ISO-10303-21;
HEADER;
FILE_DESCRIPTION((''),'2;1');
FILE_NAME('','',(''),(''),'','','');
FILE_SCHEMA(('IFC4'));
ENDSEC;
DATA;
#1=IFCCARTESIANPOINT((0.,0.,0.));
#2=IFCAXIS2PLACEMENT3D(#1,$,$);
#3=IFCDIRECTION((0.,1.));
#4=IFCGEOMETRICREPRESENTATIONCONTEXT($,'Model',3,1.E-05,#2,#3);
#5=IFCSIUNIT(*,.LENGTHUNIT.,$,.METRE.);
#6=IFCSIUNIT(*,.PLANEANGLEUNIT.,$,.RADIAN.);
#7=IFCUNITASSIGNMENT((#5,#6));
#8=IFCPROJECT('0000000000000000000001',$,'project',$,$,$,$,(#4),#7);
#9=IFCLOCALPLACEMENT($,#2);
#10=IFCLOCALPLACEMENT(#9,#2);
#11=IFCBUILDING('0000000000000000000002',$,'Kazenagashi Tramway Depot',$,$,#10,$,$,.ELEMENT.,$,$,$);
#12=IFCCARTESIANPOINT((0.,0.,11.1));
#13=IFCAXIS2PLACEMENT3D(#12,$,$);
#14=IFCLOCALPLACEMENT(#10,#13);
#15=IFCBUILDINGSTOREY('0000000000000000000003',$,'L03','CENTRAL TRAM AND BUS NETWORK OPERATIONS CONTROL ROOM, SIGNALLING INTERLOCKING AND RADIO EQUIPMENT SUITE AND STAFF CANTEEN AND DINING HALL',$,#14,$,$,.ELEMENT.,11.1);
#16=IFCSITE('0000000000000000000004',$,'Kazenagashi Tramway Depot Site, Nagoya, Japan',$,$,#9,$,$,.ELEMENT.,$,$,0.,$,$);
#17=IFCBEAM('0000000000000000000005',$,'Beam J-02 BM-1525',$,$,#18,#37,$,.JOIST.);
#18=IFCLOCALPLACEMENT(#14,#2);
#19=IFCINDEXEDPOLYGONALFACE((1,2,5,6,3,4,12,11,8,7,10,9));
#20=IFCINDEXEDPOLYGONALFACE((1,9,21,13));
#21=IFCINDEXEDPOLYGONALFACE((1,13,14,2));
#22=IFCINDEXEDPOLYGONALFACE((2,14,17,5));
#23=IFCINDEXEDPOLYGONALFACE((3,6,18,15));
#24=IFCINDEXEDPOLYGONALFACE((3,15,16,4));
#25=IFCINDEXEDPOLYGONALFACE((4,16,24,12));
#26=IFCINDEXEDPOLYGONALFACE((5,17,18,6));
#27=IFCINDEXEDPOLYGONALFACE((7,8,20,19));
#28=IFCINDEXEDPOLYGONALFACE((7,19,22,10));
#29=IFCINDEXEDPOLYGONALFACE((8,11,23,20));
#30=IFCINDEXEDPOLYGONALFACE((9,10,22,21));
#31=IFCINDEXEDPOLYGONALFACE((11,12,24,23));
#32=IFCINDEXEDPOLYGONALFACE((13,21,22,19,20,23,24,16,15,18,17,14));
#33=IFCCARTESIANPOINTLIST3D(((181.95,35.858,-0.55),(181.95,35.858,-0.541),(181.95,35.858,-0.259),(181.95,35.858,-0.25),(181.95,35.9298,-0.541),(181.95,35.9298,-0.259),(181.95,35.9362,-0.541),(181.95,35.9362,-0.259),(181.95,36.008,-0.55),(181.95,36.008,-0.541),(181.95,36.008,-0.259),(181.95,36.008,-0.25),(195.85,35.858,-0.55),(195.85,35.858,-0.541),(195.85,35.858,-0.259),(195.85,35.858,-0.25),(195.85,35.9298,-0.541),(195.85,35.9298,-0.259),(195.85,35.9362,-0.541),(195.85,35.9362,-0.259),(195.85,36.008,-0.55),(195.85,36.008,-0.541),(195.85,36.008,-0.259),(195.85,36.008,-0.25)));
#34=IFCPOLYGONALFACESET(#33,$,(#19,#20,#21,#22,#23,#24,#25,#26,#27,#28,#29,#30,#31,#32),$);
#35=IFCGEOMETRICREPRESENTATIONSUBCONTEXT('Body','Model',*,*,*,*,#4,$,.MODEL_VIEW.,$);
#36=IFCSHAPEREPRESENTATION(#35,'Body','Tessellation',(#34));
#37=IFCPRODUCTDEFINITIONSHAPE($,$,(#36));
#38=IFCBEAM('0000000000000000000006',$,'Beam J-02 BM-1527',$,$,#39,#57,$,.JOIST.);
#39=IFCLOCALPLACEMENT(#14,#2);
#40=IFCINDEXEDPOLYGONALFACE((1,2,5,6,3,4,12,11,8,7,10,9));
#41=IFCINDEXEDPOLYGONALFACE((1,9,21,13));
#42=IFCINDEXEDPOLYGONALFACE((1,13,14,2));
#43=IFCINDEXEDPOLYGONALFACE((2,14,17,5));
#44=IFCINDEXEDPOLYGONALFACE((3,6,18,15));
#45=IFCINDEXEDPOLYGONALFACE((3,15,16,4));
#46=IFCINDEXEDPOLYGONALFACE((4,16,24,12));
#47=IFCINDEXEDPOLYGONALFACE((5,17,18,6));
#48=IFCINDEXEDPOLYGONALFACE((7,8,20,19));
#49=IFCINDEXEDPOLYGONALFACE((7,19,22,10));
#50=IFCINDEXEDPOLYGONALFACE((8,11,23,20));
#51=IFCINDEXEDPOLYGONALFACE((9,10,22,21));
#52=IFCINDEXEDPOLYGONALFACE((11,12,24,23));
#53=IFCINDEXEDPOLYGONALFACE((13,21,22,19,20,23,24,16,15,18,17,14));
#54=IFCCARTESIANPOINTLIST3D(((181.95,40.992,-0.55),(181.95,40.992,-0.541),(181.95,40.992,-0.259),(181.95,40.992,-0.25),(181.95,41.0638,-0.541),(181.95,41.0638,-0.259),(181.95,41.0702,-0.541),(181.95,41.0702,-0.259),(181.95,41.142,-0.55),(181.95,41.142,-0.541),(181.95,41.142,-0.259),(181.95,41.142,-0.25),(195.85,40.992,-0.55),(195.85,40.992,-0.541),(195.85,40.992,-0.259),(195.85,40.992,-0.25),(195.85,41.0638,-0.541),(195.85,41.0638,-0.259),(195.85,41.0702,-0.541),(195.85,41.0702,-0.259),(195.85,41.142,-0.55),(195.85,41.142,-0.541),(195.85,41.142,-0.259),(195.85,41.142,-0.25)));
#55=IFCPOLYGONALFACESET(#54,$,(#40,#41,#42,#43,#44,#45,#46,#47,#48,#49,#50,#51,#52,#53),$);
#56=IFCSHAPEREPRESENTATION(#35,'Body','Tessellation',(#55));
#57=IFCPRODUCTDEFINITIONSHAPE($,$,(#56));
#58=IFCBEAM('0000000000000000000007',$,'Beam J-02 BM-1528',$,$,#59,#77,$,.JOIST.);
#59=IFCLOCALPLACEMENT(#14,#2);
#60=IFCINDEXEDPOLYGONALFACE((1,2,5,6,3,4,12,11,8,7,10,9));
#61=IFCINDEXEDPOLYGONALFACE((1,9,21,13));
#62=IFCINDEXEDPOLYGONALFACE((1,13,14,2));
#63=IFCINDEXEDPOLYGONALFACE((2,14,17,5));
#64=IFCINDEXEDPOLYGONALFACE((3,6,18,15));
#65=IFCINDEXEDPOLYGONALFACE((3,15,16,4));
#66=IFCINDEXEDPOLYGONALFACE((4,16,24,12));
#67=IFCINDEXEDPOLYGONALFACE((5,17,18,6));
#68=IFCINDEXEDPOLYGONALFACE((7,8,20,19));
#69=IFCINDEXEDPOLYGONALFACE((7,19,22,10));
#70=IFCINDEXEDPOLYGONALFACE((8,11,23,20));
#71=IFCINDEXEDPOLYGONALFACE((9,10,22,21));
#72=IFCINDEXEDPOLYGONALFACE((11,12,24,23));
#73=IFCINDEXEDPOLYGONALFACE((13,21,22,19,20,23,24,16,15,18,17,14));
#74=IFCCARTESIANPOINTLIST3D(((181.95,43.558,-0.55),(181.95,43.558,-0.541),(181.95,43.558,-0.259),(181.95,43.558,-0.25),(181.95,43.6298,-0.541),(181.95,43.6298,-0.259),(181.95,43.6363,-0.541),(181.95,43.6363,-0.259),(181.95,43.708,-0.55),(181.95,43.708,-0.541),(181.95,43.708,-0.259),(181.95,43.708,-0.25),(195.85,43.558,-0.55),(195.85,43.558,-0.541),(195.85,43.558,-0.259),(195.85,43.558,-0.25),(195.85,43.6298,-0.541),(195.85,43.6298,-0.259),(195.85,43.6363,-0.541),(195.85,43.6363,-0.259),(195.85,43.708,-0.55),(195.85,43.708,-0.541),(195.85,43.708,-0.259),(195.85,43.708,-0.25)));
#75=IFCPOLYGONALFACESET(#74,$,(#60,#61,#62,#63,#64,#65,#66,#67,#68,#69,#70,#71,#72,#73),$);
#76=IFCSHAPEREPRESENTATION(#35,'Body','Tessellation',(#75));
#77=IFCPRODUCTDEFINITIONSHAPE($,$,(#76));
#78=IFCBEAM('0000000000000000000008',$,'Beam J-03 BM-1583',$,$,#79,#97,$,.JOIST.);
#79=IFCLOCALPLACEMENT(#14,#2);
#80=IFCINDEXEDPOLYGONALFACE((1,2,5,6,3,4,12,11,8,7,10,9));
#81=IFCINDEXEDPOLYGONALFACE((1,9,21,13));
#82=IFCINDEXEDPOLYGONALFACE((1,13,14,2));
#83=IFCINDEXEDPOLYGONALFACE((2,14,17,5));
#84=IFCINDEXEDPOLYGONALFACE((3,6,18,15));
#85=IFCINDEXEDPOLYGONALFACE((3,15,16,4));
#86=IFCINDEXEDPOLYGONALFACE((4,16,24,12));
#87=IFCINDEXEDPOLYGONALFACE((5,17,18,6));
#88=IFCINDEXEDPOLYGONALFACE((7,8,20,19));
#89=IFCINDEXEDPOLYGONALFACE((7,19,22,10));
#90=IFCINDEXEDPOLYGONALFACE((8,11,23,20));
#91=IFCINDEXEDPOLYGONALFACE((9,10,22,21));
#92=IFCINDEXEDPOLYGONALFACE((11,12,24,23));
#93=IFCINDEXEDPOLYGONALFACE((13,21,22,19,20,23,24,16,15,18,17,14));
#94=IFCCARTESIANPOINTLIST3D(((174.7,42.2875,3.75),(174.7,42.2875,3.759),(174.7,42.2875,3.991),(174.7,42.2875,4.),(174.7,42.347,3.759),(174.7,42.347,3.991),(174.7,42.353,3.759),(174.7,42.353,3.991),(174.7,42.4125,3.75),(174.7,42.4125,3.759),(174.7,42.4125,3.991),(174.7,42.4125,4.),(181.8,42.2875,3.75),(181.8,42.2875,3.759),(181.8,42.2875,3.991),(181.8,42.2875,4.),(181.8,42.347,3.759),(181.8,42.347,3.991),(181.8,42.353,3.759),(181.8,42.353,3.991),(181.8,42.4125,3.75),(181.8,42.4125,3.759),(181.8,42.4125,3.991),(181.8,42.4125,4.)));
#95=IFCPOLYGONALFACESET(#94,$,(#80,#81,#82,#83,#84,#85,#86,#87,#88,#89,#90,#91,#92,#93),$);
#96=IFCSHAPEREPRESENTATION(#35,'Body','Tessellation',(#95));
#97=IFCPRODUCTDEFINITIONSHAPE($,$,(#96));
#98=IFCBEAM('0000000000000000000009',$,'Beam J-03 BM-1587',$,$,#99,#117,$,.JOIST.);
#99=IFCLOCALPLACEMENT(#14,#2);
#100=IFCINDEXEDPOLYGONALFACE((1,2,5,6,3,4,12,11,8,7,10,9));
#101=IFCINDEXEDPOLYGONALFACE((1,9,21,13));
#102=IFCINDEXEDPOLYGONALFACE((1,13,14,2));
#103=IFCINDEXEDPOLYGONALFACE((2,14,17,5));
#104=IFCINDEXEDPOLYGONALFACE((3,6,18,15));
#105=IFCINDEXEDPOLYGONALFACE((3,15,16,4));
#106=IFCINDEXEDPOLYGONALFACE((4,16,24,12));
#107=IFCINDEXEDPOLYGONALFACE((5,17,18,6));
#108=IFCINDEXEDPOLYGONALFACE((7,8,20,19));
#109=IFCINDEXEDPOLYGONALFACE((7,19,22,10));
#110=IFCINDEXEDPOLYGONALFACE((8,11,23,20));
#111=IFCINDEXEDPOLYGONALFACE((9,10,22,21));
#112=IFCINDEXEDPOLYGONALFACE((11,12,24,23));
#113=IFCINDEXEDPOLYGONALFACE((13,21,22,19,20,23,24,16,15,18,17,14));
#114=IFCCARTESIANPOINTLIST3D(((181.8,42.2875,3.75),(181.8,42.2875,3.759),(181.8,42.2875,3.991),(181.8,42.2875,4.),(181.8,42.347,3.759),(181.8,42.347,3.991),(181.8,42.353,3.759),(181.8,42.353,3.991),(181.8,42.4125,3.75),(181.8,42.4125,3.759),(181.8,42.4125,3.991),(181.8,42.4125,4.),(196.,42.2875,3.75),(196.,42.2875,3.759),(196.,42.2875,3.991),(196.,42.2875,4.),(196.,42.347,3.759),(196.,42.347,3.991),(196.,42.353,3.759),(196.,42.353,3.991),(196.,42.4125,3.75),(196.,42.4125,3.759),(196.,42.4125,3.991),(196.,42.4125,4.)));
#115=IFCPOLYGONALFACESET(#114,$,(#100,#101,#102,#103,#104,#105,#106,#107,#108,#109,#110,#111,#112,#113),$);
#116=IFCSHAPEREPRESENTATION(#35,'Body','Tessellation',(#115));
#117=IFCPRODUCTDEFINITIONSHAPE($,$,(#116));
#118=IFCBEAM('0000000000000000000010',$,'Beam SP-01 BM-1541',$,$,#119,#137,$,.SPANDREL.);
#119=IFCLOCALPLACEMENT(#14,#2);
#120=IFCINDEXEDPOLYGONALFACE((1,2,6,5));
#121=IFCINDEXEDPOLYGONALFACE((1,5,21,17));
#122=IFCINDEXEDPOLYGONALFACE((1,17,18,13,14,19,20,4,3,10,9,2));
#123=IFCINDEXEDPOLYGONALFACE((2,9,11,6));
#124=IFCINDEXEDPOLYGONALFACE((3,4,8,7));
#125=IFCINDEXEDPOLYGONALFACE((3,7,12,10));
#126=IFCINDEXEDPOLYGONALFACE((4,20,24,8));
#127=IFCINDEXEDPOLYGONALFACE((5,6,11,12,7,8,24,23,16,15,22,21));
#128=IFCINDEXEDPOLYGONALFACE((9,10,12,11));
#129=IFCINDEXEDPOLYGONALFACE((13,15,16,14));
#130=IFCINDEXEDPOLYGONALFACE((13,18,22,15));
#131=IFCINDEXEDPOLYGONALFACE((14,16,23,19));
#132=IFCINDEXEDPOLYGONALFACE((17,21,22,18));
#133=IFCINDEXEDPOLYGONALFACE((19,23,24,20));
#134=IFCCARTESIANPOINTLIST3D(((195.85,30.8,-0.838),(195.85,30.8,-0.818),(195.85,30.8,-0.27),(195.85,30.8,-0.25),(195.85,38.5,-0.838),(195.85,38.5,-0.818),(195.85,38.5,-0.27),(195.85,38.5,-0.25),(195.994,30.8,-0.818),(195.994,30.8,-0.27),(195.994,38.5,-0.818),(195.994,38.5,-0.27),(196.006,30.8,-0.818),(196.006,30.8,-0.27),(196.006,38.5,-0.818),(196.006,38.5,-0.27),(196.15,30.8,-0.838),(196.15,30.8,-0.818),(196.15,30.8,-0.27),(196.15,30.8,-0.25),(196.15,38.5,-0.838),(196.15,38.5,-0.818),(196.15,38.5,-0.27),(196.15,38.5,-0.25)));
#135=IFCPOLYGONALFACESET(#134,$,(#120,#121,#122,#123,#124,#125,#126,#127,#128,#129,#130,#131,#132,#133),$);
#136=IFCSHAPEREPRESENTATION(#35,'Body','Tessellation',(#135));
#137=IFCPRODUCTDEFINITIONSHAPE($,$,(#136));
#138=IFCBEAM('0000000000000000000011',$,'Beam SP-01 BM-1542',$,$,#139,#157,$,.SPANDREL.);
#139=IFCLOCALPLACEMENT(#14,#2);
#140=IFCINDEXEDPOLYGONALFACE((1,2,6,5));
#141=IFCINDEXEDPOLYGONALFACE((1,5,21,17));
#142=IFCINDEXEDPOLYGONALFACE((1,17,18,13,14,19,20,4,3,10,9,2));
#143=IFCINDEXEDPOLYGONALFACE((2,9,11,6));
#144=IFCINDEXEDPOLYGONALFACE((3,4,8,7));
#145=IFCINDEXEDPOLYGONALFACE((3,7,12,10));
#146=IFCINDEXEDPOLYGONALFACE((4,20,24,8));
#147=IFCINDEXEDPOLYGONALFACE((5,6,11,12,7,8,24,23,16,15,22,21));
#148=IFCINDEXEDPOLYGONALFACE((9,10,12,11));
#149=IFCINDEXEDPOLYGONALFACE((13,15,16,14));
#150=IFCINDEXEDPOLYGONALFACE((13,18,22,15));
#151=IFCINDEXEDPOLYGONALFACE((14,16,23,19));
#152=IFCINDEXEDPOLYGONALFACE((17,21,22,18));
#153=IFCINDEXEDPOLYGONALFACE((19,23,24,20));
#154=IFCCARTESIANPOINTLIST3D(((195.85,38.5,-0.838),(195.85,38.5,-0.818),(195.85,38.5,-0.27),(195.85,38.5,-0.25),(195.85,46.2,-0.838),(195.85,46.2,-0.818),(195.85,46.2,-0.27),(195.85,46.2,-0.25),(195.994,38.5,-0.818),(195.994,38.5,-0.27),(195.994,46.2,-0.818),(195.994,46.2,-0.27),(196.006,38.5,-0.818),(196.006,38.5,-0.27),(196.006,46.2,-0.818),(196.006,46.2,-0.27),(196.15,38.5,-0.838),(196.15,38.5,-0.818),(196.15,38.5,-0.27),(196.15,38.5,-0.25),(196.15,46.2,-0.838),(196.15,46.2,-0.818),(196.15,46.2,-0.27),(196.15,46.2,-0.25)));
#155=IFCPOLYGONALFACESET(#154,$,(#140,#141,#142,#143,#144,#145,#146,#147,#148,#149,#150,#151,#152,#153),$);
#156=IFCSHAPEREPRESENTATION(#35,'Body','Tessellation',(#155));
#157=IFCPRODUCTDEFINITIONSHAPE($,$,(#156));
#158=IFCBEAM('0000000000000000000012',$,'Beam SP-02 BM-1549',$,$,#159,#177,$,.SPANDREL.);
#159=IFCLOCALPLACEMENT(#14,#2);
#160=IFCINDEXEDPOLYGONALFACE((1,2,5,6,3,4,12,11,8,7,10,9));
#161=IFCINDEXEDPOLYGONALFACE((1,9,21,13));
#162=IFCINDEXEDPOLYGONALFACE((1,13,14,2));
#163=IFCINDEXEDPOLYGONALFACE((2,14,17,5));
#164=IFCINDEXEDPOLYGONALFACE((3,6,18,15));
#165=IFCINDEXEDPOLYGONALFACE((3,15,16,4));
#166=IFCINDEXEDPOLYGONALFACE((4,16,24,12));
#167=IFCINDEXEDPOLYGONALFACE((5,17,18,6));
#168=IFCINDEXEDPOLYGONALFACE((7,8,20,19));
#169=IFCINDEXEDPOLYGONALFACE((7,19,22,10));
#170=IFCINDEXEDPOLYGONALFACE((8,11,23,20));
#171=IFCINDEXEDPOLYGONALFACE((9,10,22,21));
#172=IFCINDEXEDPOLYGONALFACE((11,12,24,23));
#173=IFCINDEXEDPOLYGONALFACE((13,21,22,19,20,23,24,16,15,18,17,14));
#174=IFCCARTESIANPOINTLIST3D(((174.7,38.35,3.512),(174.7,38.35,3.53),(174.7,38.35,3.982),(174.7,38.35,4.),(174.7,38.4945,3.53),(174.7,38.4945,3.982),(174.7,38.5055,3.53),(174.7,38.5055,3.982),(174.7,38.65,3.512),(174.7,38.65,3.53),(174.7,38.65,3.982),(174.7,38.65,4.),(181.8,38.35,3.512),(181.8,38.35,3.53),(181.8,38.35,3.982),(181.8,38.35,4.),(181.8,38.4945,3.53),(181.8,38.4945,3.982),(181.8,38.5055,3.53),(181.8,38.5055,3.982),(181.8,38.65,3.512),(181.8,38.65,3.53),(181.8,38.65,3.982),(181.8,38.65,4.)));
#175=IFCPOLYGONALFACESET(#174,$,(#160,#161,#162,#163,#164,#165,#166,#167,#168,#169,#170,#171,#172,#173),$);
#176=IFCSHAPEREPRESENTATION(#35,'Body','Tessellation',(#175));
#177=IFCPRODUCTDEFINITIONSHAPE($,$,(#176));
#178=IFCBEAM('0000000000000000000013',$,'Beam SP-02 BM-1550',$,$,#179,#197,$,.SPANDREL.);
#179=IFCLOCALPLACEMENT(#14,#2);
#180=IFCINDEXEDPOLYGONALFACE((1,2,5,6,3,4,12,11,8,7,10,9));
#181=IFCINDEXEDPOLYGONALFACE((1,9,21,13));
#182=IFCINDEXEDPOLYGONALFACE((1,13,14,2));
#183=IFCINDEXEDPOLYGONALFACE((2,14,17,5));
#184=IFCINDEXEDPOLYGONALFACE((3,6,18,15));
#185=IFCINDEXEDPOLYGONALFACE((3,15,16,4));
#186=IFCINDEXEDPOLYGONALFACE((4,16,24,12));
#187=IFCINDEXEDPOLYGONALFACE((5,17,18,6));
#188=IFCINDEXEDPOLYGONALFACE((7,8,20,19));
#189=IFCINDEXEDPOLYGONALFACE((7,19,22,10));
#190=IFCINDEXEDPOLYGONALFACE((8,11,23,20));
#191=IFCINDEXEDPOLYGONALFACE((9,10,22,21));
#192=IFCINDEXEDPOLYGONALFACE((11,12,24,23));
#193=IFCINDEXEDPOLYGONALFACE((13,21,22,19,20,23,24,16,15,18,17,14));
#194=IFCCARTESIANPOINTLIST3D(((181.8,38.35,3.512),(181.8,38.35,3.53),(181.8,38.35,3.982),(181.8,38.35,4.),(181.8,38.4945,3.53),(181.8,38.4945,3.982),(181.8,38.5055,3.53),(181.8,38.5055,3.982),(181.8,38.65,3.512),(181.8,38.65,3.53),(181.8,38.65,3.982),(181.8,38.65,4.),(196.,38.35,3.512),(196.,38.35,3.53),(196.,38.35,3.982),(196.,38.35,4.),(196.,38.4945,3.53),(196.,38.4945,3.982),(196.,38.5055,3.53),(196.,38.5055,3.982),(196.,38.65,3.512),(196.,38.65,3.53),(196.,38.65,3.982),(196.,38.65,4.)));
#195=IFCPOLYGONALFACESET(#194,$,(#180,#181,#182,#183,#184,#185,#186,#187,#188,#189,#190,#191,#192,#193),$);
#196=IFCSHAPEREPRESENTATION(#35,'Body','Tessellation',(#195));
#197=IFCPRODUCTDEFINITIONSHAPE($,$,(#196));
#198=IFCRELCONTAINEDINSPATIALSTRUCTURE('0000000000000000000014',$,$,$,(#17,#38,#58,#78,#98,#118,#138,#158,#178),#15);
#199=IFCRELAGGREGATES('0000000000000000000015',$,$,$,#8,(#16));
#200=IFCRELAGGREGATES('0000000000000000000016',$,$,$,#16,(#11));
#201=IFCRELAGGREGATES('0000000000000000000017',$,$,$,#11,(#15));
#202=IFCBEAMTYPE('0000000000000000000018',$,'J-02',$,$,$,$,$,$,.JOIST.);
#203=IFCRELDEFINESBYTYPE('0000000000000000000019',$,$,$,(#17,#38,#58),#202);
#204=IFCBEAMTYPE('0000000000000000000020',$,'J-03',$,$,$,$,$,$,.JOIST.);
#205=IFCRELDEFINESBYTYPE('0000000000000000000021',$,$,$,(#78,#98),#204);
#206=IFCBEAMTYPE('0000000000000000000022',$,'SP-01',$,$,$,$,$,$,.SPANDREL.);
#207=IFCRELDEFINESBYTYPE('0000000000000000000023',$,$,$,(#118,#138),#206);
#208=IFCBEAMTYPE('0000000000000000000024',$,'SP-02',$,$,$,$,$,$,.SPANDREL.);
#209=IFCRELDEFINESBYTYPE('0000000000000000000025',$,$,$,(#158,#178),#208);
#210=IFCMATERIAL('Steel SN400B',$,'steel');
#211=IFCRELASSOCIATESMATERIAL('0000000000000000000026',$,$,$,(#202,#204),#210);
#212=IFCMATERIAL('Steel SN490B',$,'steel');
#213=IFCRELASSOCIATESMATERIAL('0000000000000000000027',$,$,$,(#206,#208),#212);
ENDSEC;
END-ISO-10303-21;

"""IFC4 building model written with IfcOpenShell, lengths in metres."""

from ifc_helpers import new_model, si_unit, direction, frame, origin, origin_2d, place, context, subcontext, project, spatial, i_section, extrude, material, material_profile, profile_set, type_object, element, save


model = new_model("IFC4")

# Units and contexts
model_context = context("Model", 3, precision=1e-05, world=origin(), true_north=direction((0.0, 1.0)))
body_context = subcontext(model_context, "Body", "Model", "MODEL_VIEW")
ifc_project = project(units=[si_unit("LENGTHUNIT", "METRE"), si_unit("PLANEANGLEUNIT", "RADIAN")], contexts=[model_context])

# Site, building, storey
site_placement = place(None, origin())
site = spatial("IfcSite", under=ifc_project, at=site_placement, Name="Kazenagashi Tramway Depot Site, Nagoya, Japan", CompositionType="ELEMENT", RefElevation=0.0)
building_placement = place(site_placement, origin())
building = spatial("IfcBuilding", under=site, at=building_placement, Name="Kazenagashi Tramway Depot", CompositionType="ELEMENT")
storey_placement = place(building_placement, frame((0.0, 0.0, 11.1)))
storey = spatial("IfcBuildingStorey", under=building, at=storey_placement, Name="L03", Description="CENTRAL TRAM AND BUS NETWORK OPERATIONS CONTROL ROOM, SIGNALLING INTERLOCKING AND RADIO EQUIPMENT SUITE AND STAFF CANTEEN AND DINING HALL", CompositionType="ELEMENT", Elevation=11.1)

# Shared definitions
ifc_material_1 = material(Name="Steel SN490B", Category="steel")

# Beams
ifc_material_2 = material(Name="Steel SN400B", Category="steel")
ifc_material_profile_1 = material_profile(ifc_material_2, i_section(OverallWidth=0.15, OverallDepth=0.3, WebThickness=0.0065, FlangeThickness=0.009, at=origin_2d()), Name="H-300x150x6.5x9")
ifc_profile_set_1 = profile_set([ifc_material_profile_1], Name="Steel SN400B")
beam_type_1 = type_object("IfcBeamType", Name="J-02", PredefinedType="JOIST", material=ifc_profile_set_1)
for number, where, z_axis, x_axis, name in (
    (1, (181.95, 35.933, -0.4), (1.0, 0.0, 0.0), (0.0, 1.0, 0.0), "Beam J-02 BM-1525"),
    (2, (181.95, 41.067, -0.4), (1.0, 0.0, 0.0), (0.0, 1.0, 0.0), "Beam J-02 BM-1527"),
    (3, (181.95, 43.633, -0.4), (1.0, 0.0, 0.0), (0.0, 1.0, 0.0), "Beam J-02 BM-1528"),
):
    element("IfcBeam", number, at=place(storey_placement, frame(where, z_axis=z_axis, x_axis=x_axis)), inside=storey, type_object=beam_type_1, Name=name, PredefinedType="JOIST", context=body_context, shape_type="SweptSolid", body=[
        extrude(i_section(OverallWidth=0.15, OverallDepth=0.3, WebThickness=0.0065, FlangeThickness=0.009, at=origin_2d()), origin(), (0.0, 0.0, 1.0), 13.9),
    ])
ifc_material_profile_2 = material_profile(ifc_material_2, i_section(OverallWidth=0.125, OverallDepth=0.25, WebThickness=0.006, FlangeThickness=0.009, at=origin_2d()), Name="H-250x125x6x9")
ifc_profile_set_2 = profile_set([ifc_material_profile_2], Name="Steel SN400B")
beam_type_2 = type_object("IfcBeamType", Name="J-03", PredefinedType="JOIST", material=ifc_profile_set_2)
beam_1_placement = place(storey_placement, frame((174.7, 42.35, 3.875), z_axis=(1.0, 0.0, 0.0), x_axis=(0.0, 1.0, 0.0)))
element("IfcBeam", 4, at=beam_1_placement, inside=storey, type_object=beam_type_2, Name="Beam J-03 BM-1583", PredefinedType="JOIST", context=body_context, shape_type="SweptSolid", body=[
    extrude(i_section(OverallWidth=0.125, OverallDepth=0.25, WebThickness=0.006, FlangeThickness=0.009, at=origin_2d()), origin(), (0.0, 0.0, 1.0), 7.1),
])
beam_2_placement = place(storey_placement, frame((181.8, 42.35, 3.875), z_axis=(1.0, 0.0, 0.0), x_axis=(0.0, 1.0, 0.0)))
element("IfcBeam", 5, at=beam_2_placement, inside=storey, type_object=beam_type_2, Name="Beam J-03 BM-1587", PredefinedType="JOIST", context=body_context, shape_type="SweptSolid", body=[
    extrude(i_section(OverallWidth=0.125, OverallDepth=0.25, WebThickness=0.006, FlangeThickness=0.009, at=origin_2d()), origin(), (0.0, 0.0, 1.0), 14.2),
])
ifc_material_profile_3 = material_profile(ifc_material_1, i_section(OverallWidth=0.3, OverallDepth=0.588, WebThickness=0.012, FlangeThickness=0.02, at=origin_2d()), Name="H-588x300x12x20")
ifc_profile_set_3 = profile_set([ifc_material_profile_3], Name="Steel SN490B")
beam_type_3 = type_object("IfcBeamType", Name="SP-01", PredefinedType="SPANDREL", material=ifc_profile_set_3)
for number, where, z_axis, x_axis, name in (
    (6, (196.0, 30.8, -0.544), (0.0, 1.0, 0.0), (-1.0, 0.0, 0.0), "Beam SP-01 BM-1541"),
    (7, (196.0, 38.5, -0.544), (0.0, 1.0, 0.0), (-1.0, 0.0, 0.0), "Beam SP-01 BM-1542"),
):
    element("IfcBeam", number, at=place(storey_placement, frame(where, z_axis=z_axis, x_axis=x_axis)), inside=storey, type_object=beam_type_3, Name=name, PredefinedType="SPANDREL", context=body_context, shape_type="SweptSolid", body=[
        extrude(i_section(OverallWidth=0.3, OverallDepth=0.588, WebThickness=0.012, FlangeThickness=0.02, at=origin_2d()), origin(), (0.0, 0.0, 1.0), 7.7),
    ])
ifc_material_profile_4 = material_profile(ifc_material_1, i_section(OverallWidth=0.3, OverallDepth=0.488, WebThickness=0.011, FlangeThickness=0.018, at=origin_2d()), Name="H-488x300x11x18")
ifc_profile_set_4 = profile_set([ifc_material_profile_4], Name="Steel SN490B")
beam_type_4 = type_object("IfcBeamType", Name="SP-02", PredefinedType="SPANDREL", material=ifc_profile_set_4)
beam_3_placement = place(storey_placement, frame((174.7, 38.5, 3.756), z_axis=(1.0, 0.0, 0.0), x_axis=(0.0, 1.0, 0.0)))
element("IfcBeam", 8, at=beam_3_placement, inside=storey, type_object=beam_type_4, Name="Beam SP-02 BM-1549", PredefinedType="SPANDREL", context=body_context, shape_type="SweptSolid", body=[
    extrude(i_section(OverallWidth=0.3, OverallDepth=0.488, WebThickness=0.011, FlangeThickness=0.018, at=origin_2d()), origin(), (0.0, 0.0, 1.0), 7.1),
])
beam_4_placement = place(storey_placement, frame((181.8, 38.5, 3.756), z_axis=(1.0, 0.0, 0.0), x_axis=(0.0, 1.0, 0.0)))
element("IfcBeam", 9, at=beam_4_placement, inside=storey, type_object=beam_type_4, Name="Beam SP-02 BM-1550", PredefinedType="SPANDREL", context=body_context, shape_type="SweptSolid", body=[
    extrude(i_section(OverallWidth=0.3, OverallDepth=0.488, WebThickness=0.011, FlangeThickness=0.018, at=origin_2d()), origin(), (0.0, 0.0, 1.0), 14.2),
])

save(model, "model.ifc")
